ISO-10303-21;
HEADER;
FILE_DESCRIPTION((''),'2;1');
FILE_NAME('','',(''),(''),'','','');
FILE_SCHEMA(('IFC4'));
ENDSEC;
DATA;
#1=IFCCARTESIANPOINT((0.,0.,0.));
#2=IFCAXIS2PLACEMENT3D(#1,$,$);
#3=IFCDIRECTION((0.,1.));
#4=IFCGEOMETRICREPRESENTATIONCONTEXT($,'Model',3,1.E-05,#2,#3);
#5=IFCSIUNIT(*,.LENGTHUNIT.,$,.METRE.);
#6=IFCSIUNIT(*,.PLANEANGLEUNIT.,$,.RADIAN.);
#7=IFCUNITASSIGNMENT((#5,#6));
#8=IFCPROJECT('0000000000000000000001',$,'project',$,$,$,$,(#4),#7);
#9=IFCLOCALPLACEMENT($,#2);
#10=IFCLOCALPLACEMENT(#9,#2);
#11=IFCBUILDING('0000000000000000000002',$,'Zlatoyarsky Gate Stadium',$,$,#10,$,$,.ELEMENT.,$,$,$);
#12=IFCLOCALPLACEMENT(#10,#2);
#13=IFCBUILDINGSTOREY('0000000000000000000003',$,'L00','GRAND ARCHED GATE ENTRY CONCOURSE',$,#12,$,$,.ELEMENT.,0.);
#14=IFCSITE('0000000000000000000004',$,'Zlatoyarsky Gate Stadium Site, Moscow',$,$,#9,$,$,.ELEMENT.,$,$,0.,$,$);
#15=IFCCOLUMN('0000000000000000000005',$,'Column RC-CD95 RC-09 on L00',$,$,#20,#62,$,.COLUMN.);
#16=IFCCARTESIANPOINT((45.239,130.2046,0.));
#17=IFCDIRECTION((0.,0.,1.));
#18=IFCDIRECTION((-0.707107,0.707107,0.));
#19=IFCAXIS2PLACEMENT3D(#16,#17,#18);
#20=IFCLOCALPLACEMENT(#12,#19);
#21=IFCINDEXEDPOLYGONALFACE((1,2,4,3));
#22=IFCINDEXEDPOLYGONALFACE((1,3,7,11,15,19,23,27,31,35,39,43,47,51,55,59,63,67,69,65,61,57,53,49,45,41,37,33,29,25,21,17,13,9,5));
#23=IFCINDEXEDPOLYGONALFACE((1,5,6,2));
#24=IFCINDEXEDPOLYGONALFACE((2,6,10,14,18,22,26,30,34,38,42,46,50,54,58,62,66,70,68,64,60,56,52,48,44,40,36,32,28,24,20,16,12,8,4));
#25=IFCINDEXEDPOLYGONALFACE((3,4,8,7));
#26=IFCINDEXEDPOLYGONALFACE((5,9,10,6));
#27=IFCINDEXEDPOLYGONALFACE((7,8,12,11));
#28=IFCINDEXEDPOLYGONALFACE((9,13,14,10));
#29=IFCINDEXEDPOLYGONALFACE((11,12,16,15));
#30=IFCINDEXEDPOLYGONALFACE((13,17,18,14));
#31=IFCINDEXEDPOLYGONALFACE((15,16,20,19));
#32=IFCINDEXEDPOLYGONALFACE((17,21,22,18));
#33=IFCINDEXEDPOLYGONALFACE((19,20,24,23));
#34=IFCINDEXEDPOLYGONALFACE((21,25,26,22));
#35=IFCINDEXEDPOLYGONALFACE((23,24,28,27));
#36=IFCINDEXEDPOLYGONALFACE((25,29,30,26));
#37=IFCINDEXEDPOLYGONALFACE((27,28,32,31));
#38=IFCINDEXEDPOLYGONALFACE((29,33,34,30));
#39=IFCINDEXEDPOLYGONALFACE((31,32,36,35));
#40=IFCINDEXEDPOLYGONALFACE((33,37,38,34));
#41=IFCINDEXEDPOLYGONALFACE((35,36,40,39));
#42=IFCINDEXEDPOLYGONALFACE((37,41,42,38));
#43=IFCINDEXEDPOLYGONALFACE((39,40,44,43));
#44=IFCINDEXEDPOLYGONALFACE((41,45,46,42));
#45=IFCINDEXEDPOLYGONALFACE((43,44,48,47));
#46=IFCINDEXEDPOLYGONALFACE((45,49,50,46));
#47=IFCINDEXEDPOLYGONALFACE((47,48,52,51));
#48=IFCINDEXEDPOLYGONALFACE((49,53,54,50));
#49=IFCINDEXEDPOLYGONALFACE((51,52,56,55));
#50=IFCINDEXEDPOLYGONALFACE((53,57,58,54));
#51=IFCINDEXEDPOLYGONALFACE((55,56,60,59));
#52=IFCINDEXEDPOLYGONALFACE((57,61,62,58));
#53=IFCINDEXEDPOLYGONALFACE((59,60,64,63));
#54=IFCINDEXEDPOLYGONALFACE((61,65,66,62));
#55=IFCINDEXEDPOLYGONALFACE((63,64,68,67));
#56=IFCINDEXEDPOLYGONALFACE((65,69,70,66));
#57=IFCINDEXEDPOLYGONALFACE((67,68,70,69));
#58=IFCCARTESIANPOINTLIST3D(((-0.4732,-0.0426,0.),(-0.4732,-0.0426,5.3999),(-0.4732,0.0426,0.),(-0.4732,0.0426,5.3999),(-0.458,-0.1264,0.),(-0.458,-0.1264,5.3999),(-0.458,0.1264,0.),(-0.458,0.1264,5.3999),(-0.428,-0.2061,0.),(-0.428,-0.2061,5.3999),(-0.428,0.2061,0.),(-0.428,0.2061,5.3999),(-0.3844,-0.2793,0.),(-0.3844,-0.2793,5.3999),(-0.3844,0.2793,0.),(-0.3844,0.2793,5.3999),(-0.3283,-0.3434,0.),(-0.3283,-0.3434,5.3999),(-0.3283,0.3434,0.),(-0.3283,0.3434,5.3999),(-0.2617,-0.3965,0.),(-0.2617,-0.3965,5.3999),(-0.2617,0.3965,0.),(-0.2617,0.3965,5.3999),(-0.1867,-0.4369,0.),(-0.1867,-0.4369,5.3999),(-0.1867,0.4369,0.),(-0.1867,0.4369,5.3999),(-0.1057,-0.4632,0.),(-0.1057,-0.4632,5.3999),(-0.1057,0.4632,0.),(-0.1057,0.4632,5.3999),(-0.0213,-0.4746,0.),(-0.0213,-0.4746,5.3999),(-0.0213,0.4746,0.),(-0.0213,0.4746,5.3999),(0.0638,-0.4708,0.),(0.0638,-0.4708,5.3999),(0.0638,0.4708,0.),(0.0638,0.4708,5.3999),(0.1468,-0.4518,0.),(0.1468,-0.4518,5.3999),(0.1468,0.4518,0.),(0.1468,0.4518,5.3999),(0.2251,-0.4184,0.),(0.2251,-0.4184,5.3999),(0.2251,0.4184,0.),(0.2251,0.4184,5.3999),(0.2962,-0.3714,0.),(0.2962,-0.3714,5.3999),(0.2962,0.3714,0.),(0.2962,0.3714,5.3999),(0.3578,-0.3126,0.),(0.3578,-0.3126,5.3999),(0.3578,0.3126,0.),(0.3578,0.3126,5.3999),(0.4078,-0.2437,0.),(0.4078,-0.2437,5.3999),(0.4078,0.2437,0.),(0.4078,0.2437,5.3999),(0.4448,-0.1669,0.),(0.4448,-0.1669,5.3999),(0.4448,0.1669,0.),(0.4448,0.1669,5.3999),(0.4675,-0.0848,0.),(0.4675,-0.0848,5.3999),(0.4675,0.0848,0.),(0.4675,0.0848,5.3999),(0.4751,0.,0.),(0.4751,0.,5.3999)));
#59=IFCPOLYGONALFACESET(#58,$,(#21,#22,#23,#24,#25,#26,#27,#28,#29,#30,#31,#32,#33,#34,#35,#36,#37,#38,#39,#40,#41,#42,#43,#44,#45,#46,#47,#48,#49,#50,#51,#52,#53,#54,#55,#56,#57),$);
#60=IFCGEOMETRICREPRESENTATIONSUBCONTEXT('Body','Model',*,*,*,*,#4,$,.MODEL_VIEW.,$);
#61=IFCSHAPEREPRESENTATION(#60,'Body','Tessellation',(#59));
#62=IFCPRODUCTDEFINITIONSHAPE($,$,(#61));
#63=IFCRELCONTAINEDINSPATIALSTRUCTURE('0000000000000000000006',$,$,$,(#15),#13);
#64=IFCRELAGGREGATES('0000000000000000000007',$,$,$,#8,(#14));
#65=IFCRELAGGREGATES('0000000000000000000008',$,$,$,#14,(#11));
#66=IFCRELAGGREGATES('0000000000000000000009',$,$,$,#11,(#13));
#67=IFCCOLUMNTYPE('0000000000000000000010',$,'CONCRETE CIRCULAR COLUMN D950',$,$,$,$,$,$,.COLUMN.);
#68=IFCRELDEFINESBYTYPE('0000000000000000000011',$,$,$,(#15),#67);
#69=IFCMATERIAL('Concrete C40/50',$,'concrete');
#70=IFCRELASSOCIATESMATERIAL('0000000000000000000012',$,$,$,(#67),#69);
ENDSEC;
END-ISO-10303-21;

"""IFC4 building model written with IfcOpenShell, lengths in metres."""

from ifc_helpers import new_model, si_unit, direction, frame, origin, origin_2d, place, context, subcontext, project, spatial, circle, extrude, material, material_profile, profile_set, type_object, element, save


model = new_model("IFC4")

# Units and contexts
model_context = context("Model", 3, precision=1e-05, world=origin(), true_north=direction((0.0, 1.0)))
body_context = subcontext(model_context, "Body", "Model", "MODEL_VIEW")
ifc_project = project(units=[si_unit("LENGTHUNIT", "METRE"), si_unit("PLANEANGLEUNIT", "RADIAN")], contexts=[model_context])

# Site, building, storey
site_placement = place(None, origin())
site = spatial("IfcSite", under=ifc_project, at=site_placement, Name="Zlatoyarsky Gate Stadium Site, Moscow", CompositionType="ELEMENT", RefElevation=0.0)
building_placement = place(site_placement, origin())
building = spatial("IfcBuilding", under=site, at=building_placement, Name="Zlatoyarsky Gate Stadium", CompositionType="ELEMENT")
storey_placement = place(building_placement, origin())
storey = spatial("IfcBuildingStorey", under=building, at=storey_placement, Name="L00", Description="GRAND ARCHED GATE ENTRY CONCOURSE", CompositionType="ELEMENT", Elevation=0.0)

# Column
ifc_material_1 = material(Name="Concrete C40/50", Category="concrete")
ifc_material_profile_1 = material_profile(ifc_material_1, circle(Radius=0.4751, at=origin_2d()), Name="RC COL D950")
ifc_profile_set_1 = profile_set([ifc_material_profile_1], Name="Concrete C40/50")
column_type_1 = type_object("IfcColumnType", Name="CONCRETE CIRCULAR COLUMN D950", PredefinedType="COLUMN", material=ifc_profile_set_1)
column_1_placement = place(storey_placement, frame((45.239, 130.2046, 0.0), z_axis=(0.0, 0.0, 1.0), x_axis=(-0.707107, 0.707107, 0.0)))
element("IfcColumn", 1, at=column_1_placement, inside=storey, type_object=column_type_1, Name="Column RC-CD95 RC-09 on L00", PredefinedType="COLUMN", context=body_context, shape_type="SweptSolid", body=[
    extrude(circle(Radius=0.4751, at=origin_2d()), origin(), (0.0, 0.0, 1.0), 5.3999),
])

save(model, "model.ifc")
